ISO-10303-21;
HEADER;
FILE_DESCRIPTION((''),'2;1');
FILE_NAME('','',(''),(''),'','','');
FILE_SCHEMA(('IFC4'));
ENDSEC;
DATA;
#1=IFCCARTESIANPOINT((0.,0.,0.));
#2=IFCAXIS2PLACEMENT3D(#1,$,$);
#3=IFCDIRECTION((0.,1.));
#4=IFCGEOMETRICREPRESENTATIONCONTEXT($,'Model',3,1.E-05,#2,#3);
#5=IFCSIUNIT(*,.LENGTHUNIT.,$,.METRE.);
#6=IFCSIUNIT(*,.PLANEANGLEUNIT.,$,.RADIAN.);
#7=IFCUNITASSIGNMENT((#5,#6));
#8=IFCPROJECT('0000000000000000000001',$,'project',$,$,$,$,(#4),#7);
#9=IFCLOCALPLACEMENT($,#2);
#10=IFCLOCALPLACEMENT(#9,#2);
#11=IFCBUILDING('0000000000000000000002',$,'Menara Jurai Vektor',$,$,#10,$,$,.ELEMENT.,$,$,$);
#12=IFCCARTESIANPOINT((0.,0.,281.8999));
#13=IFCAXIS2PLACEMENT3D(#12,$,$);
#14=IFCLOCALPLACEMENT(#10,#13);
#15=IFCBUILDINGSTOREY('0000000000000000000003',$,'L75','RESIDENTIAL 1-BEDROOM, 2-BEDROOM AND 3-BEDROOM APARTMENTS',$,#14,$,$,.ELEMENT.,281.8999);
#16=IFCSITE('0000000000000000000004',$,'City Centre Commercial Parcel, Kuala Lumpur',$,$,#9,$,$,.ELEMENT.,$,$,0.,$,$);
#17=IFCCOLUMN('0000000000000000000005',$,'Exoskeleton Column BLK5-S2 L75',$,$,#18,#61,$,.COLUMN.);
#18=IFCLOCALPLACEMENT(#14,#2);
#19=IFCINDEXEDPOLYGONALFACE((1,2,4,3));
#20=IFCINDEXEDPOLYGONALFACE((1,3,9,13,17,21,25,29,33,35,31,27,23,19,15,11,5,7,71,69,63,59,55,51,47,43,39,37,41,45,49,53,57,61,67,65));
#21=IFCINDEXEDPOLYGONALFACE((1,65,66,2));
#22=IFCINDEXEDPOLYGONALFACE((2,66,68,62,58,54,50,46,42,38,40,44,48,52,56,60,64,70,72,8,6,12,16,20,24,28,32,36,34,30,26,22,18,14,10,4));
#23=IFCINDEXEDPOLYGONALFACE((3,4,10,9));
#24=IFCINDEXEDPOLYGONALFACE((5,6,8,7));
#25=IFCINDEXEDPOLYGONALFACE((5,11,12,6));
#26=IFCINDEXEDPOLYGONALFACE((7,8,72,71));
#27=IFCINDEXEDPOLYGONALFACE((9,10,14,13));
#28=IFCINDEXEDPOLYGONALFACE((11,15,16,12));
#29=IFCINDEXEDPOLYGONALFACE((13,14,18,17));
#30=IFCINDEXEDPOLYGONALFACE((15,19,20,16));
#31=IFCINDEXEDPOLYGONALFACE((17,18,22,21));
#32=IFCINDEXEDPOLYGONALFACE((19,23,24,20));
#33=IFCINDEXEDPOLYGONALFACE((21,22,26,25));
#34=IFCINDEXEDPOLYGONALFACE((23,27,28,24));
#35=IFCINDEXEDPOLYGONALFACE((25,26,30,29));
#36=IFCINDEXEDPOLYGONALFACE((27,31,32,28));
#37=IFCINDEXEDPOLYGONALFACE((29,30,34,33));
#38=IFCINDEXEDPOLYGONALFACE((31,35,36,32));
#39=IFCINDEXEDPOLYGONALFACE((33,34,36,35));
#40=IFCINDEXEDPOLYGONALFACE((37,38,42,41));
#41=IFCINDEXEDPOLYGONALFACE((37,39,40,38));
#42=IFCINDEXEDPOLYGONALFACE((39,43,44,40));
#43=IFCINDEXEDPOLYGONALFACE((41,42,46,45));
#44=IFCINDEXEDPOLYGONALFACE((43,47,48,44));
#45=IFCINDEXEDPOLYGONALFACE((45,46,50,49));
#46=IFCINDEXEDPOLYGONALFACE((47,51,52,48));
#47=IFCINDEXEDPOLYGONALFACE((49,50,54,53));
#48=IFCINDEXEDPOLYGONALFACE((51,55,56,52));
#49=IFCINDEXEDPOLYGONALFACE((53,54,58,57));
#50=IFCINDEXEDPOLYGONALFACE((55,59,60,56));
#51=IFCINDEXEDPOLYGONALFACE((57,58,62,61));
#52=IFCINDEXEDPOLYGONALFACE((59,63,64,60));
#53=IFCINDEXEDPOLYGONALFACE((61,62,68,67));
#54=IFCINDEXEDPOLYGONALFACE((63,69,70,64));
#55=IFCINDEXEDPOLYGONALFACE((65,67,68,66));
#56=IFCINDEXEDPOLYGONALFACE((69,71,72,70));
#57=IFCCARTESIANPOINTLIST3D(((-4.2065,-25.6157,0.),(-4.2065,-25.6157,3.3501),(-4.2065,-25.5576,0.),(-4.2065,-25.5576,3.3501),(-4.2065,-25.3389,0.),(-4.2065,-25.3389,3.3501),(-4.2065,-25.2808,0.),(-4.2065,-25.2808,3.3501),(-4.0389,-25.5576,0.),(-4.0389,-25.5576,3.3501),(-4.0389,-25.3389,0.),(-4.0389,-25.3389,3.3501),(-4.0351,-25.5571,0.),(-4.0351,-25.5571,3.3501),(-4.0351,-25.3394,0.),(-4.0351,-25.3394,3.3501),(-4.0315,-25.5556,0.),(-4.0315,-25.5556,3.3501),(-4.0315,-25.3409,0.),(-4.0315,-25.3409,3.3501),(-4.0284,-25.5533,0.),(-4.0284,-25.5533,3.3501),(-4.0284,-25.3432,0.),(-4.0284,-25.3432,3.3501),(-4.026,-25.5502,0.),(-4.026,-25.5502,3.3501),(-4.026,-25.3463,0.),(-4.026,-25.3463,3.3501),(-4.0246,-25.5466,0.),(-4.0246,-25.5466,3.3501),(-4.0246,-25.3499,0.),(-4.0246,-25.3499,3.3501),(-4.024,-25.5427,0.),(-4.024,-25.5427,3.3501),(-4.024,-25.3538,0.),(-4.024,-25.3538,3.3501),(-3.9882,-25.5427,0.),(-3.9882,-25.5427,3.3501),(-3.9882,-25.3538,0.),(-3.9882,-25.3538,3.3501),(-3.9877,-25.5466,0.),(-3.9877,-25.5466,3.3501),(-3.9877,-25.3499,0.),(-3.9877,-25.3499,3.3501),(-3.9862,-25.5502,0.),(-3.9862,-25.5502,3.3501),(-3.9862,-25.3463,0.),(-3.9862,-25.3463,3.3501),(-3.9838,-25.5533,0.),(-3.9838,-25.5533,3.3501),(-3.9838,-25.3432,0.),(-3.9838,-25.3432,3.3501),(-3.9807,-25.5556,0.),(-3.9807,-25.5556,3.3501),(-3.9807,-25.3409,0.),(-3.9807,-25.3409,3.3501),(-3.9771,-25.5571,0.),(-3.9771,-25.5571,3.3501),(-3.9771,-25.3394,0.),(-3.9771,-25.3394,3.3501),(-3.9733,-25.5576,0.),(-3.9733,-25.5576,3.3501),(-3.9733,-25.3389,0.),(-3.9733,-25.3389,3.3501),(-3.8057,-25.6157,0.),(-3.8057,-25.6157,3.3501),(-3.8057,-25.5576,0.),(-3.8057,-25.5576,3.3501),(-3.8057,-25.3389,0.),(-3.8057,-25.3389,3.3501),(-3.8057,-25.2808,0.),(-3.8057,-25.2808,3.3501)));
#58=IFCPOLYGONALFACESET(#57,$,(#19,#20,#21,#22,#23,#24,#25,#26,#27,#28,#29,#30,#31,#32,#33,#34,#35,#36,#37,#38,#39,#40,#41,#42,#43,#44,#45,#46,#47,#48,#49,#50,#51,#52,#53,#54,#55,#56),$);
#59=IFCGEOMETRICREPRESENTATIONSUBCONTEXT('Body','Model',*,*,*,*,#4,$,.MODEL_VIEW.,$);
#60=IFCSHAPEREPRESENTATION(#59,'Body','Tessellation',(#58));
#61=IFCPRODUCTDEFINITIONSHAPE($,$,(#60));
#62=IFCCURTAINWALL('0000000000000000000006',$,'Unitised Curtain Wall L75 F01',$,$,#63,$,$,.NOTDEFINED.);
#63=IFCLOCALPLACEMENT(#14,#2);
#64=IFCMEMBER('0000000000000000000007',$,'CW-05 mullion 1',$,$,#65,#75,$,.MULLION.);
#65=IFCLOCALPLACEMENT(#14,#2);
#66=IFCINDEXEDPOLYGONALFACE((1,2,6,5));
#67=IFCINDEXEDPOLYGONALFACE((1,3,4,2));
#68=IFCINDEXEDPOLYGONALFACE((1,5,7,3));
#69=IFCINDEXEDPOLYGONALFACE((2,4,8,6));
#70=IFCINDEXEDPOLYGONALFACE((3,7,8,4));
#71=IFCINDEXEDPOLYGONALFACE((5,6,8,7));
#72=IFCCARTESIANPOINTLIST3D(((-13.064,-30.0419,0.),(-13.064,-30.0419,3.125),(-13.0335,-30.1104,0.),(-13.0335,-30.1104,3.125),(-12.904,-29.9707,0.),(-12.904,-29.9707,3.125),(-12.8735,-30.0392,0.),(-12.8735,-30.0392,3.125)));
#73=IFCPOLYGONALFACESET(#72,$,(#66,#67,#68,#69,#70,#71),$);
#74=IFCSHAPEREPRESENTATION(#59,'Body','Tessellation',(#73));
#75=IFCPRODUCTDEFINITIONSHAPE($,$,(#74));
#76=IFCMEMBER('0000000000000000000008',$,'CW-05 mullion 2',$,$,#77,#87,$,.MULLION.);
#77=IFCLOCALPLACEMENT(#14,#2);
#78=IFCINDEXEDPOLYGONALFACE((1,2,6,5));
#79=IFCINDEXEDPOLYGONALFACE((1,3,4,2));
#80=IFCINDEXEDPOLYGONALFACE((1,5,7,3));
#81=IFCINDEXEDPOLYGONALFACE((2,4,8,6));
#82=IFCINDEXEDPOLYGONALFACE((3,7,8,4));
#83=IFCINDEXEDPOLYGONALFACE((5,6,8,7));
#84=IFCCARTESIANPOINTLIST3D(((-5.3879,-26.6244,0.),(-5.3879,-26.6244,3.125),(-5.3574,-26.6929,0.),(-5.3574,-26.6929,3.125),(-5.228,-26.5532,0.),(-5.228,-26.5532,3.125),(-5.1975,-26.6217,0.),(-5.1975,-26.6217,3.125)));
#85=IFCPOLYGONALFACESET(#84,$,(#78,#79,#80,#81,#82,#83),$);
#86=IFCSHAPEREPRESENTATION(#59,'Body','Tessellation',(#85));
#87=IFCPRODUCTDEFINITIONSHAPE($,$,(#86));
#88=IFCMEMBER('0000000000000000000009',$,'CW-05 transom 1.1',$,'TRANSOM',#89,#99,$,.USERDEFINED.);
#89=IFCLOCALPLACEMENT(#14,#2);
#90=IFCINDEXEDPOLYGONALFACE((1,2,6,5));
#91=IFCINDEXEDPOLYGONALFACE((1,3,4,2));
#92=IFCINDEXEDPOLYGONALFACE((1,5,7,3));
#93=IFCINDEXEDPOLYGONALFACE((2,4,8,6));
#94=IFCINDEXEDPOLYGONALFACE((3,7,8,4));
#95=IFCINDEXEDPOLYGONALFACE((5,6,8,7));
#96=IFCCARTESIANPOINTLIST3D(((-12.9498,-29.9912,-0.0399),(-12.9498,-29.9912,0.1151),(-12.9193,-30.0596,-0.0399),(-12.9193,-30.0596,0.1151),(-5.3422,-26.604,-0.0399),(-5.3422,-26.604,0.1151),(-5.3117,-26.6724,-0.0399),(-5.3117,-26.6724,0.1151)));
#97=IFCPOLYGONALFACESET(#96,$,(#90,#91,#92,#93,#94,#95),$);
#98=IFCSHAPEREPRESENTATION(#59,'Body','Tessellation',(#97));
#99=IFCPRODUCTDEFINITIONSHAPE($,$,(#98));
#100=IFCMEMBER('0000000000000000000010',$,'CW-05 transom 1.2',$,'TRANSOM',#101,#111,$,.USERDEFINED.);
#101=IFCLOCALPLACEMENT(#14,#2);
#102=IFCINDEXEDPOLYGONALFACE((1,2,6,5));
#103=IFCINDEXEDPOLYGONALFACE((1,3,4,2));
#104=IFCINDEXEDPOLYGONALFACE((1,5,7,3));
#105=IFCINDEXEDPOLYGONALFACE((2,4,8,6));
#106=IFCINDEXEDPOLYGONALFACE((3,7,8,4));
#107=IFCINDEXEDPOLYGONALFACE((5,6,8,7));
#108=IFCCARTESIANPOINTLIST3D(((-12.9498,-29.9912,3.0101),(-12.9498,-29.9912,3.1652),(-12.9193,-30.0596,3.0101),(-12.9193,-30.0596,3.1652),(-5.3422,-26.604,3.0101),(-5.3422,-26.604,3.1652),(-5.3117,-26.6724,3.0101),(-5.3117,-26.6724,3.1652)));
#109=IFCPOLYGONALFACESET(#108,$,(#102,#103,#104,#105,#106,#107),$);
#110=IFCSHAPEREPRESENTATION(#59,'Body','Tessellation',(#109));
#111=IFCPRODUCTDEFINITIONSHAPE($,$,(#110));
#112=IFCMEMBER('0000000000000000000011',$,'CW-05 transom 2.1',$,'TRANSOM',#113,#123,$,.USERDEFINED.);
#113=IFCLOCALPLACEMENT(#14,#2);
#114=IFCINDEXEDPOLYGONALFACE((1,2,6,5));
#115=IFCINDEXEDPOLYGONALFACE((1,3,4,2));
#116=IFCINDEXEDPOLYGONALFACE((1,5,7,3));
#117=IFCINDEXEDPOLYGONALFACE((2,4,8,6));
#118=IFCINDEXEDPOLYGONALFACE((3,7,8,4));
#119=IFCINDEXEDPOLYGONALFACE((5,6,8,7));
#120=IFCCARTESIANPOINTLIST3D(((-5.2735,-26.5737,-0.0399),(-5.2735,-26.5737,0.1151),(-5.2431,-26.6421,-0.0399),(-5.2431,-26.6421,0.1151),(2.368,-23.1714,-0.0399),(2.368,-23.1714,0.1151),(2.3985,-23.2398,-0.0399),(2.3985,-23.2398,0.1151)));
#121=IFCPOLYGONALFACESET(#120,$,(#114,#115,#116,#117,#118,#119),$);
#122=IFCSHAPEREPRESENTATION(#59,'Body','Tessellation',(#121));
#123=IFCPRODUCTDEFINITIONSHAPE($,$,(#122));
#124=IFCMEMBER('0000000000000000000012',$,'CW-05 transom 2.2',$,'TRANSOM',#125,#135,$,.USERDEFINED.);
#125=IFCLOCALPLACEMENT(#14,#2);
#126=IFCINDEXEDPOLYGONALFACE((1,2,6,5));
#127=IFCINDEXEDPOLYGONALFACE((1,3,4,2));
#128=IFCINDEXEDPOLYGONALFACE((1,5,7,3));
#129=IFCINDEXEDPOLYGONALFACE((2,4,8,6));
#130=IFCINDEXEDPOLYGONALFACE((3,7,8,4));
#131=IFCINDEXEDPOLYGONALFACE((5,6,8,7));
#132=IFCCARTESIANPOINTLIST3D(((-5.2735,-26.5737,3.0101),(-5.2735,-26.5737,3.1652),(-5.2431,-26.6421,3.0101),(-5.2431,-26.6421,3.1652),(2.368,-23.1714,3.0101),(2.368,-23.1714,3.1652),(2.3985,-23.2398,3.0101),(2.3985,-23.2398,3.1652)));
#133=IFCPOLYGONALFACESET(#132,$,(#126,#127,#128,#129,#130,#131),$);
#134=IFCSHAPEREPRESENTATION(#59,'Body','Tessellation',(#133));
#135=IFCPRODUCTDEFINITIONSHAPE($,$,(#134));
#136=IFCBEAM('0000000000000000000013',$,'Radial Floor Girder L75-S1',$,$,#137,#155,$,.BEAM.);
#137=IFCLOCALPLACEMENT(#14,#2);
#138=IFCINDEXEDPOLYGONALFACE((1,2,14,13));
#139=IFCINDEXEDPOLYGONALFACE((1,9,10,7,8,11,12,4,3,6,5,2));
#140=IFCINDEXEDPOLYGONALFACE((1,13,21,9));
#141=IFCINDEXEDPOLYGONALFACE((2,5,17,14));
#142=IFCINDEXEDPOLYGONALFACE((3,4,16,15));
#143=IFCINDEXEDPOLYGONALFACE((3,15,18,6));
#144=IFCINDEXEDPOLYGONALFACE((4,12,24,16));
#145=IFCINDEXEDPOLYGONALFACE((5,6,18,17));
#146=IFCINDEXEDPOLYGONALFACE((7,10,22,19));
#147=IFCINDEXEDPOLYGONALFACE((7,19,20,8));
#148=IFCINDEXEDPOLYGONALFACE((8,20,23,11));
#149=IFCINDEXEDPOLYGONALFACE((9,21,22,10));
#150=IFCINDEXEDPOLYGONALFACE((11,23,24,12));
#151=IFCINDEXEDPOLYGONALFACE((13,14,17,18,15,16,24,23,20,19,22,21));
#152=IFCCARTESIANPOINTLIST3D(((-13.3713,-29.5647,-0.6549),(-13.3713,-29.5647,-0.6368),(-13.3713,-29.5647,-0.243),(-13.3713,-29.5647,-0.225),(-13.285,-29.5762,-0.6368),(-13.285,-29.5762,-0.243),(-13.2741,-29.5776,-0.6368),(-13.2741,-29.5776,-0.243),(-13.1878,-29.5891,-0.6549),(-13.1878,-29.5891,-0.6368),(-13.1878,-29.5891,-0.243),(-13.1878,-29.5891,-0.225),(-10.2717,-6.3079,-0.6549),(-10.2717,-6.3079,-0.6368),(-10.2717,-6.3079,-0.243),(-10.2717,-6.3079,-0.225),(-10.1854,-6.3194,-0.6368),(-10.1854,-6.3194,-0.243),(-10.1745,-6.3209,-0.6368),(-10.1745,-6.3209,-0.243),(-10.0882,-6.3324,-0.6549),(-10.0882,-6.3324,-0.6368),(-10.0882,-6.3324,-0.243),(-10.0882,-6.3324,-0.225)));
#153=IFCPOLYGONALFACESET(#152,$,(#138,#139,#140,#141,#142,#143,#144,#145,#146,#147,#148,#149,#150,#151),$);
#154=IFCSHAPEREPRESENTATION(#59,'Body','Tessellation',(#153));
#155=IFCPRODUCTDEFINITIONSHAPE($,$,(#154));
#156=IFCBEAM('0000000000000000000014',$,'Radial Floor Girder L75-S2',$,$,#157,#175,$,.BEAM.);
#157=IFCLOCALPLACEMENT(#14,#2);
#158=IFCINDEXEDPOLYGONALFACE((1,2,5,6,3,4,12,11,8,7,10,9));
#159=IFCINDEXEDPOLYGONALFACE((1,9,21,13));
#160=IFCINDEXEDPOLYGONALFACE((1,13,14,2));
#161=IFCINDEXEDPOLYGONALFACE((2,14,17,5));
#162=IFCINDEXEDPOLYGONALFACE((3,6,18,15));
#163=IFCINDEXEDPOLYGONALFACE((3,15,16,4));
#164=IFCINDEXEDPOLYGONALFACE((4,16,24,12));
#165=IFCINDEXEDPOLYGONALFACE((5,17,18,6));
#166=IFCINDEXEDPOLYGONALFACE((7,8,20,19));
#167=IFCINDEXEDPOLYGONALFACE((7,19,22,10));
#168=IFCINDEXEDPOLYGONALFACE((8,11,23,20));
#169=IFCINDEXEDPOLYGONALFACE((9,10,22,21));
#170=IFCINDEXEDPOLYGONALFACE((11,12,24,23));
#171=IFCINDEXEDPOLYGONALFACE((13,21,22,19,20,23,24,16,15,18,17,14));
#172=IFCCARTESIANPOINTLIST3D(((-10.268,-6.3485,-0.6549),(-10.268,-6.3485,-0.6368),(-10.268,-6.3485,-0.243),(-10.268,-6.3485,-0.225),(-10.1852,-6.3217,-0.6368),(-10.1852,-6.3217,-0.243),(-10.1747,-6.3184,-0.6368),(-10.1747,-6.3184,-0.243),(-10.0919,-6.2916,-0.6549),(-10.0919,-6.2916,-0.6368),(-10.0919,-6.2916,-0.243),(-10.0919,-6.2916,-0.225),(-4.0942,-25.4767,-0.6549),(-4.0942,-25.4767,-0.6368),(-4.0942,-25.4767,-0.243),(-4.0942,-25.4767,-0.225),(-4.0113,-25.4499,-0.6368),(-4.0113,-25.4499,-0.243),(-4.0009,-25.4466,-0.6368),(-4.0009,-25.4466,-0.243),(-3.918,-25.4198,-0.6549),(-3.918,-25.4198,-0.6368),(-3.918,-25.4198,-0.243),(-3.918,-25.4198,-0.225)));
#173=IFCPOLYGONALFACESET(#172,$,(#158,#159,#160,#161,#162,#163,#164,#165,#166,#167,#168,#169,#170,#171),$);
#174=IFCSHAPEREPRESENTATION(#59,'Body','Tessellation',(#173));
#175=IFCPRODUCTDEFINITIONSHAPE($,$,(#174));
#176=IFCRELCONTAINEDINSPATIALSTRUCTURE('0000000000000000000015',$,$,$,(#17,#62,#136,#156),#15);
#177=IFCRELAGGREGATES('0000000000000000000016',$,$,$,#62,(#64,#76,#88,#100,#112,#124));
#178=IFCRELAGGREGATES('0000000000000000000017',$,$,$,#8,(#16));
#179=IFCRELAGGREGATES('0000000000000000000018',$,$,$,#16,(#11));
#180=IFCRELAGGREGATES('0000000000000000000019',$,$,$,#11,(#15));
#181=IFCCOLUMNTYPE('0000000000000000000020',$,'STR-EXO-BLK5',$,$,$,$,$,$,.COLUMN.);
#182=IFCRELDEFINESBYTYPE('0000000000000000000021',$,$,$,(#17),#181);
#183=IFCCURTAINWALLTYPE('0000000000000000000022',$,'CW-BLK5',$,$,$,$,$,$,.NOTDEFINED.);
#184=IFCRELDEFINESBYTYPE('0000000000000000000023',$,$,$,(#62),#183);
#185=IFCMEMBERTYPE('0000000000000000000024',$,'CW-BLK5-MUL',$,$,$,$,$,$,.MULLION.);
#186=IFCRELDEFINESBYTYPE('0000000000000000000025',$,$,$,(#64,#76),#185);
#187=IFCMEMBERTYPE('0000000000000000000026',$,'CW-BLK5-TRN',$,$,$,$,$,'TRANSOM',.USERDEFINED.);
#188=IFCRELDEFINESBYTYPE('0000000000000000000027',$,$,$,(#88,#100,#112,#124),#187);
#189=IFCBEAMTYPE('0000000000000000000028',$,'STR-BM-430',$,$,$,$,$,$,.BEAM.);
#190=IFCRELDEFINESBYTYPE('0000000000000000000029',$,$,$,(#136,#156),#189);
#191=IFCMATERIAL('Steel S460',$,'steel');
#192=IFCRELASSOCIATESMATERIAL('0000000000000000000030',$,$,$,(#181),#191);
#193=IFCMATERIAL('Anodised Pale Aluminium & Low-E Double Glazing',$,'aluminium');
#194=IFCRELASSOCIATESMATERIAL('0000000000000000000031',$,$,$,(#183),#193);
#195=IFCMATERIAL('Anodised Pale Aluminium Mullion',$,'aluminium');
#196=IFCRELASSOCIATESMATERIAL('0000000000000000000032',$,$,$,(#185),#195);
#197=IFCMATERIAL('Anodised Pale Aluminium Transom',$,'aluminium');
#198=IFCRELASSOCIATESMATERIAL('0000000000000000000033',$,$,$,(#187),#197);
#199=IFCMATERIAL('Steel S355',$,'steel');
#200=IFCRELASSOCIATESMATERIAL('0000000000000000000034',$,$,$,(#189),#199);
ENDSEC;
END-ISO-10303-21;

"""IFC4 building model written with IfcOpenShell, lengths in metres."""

from ifc_helpers import new_model, si_unit, direction, frame, origin, origin_2d, place, context, subcontext, project, spatial, rectangle, i_section, extrude, material, material_profile, profile_set, type_object, element, aggregate, save


model = new_model("IFC4")

# Units and contexts
model_context = context("Model", 3, precision=1e-05, world=origin(), true_north=direction((0.0, 1.0)))
body_context = subcontext(model_context, "Body", "Model", "MODEL_VIEW")
ifc_project = project(units=[si_unit("LENGTHUNIT", "METRE"), si_unit("PLANEANGLEUNIT", "RADIAN")], contexts=[model_context])

# Site, building, storey
site_placement = place(None, origin())
site = spatial("IfcSite", under=ifc_project, at=site_placement, Name="City Centre Commercial Parcel, Kuala Lumpur", CompositionType="ELEMENT", RefElevation=0.0)
building_placement = place(site_placement, origin())
building = spatial("IfcBuilding", under=site, at=building_placement, Name="Menara Jurai Vektor", CompositionType="ELEMENT")
storey_placement = place(building_placement, frame((0.0, 0.0, 281.8999)))
storey = spatial("IfcBuildingStorey", under=building, at=storey_placement, Name="L75", Description="RESIDENTIAL 1-BEDROOM, 2-BEDROOM AND 3-BEDROOM APARTMENTS", CompositionType="ELEMENT", Elevation=281.8999)

# Column
ifc_material_1 = material(Name="Steel S460", Category="steel")
ifc_material_profile_1 = material_profile(ifc_material_1, i_section(OverallWidth=0.4009, OverallDepth=0.335, WebThickness=0.0359, FlangeThickness=0.0581, FilletRadius=0.0149, at=origin_2d()), Name="HD 400x463")
ifc_profile_set_1 = profile_set([ifc_material_profile_1], Name="Steel S460")
column_type = type_object("IfcColumnType", Name="STR-EXO-BLK5", PredefinedType="COLUMN", material=ifc_profile_set_1)
column_placement = place(storey_placement, frame((-4.0061, -25.4482, 0.0), z_axis=(0.0, 0.0, 1.0), x_axis=(1.0, 0.0, 0.0)))
element("IfcColumn", 1, at=column_placement, inside=storey, type_object=column_type, Name="Exoskeleton Column BLK5-S2 L75", PredefinedType="COLUMN", context=body_context, shape_type="SweptSolid", body=[
    extrude(i_section(OverallWidth=0.4009, OverallDepth=0.335, WebThickness=0.0359, FlangeThickness=0.0581, FilletRadius=0.0149, at=origin_2d()), origin(), (0.0, 0.0, 1.0), 3.3501),
])

# Curtain wall, members
ifc_material_2 = material(Name="Anodised Pale Aluminium & Low-E Double Glazing", Category="aluminium")
curtain_wall_type = type_object("IfcCurtainWallType", Name="CW-BLK5", PredefinedType="NOTDEFINED", material=ifc_material_2)
curtain_wall_placement = place(storey_placement, origin())
curtain_wall = element("IfcCurtainWall", 2, at=curtain_wall_placement, inside=storey, type_object=curtain_wall_type, Name="Unitised Curtain Wall L75 F01", PredefinedType="NOTDEFINED")
ifc_material_3 = material(Name="Anodised Pale Aluminium Mullion", Category="aluminium")
ifc_material_profile_2 = material_profile(ifc_material_3, rectangle(XDim=0.075, YDim=0.175, at=origin_2d()), Name="ALU MUL 75x175")
ifc_profile_set_2 = profile_set([ifc_material_profile_2], Name="Anodised Pale Aluminium Mullion")
member_type_1 = type_object("IfcMemberType", Name="CW-BLK5-MUL", PredefinedType="MULLION", material=ifc_profile_set_2)
member_1_placement = place(storey_placement, frame((-12.9688, -30.0405, 0.0), z_axis=(0.0, 0.0, 1.0), x_axis=(-0.406735, 0.913546, 0.0)))
member_1 = element("IfcMember", 3, at=member_1_placement, type_object=member_type_1, Name="CW-05 mullion 1", PredefinedType="MULLION", context=body_context, shape_type="SweptSolid", body=[
    extrude(rectangle(XDim=0.075, YDim=0.175, at=origin_2d()), origin(), (0.0, 0.0, 1.0), 3.125),
])
member_2_placement = place(storey_placement, frame((-5.2927, -26.623, 0.0), z_axis=(0.0, 0.0, 1.0), x_axis=(-0.406735, 0.913546, 0.0)))
member_2 = element("IfcMember", 4, at=member_2_placement, type_object=member_type_1, Name="CW-05 mullion 2", PredefinedType="MULLION", context=body_context, shape_type="SweptSolid", body=[
    extrude(rectangle(XDim=0.075, YDim=0.175, at=origin_2d()), origin(), (0.0, 0.0, 1.0), 3.125),
])
ifc_material_4 = material(Name="Anodised Pale Aluminium Transom", Category="aluminium")
ifc_material_profile_3 = material_profile(ifc_material_4, rectangle(XDim=0.075, YDim=0.155, at=origin_2d()), Name="ALU TRN 75x155")
ifc_profile_set_3 = profile_set([ifc_material_profile_3], Name="Anodised Pale Aluminium Transom")
member_type_2 = type_object("IfcMemberType", Name="CW-BLK5-TRN", ElementType="TRANSOM", PredefinedType="USERDEFINED", material=ifc_profile_set_3)
member_3_placement = place(storey_placement, frame((-12.9346, -30.0254, 0.0376), z_axis=(0.913543, 0.406742, 0.0), x_axis=(-0.406742, 0.913543, 0.0)))
member_3 = element("IfcMember", 5, at=member_3_placement, type_object=member_type_2, Name="CW-05 transom 1.1", ObjectType="TRANSOM", PredefinedType="USERDEFINED", context=body_context, shape_type="SweptSolid", body=[
    extrude(rectangle(XDim=0.075, YDim=0.155, at=origin_2d()), origin(), (0.0, 0.0, 1.0), 8.3276),
])
member_4_placement = place(storey_placement, frame((-12.9346, -30.0254, 3.0876), z_axis=(0.913543, 0.406742, 0.0), x_axis=(-0.406742, 0.913543, 0.0)))
member_4 = element("IfcMember", 6, at=member_4_placement, type_object=member_type_2, Name="CW-05 transom 1.2", ObjectType="TRANSOM", PredefinedType="USERDEFINED", context=body_context, shape_type="SweptSolid", body=[
    extrude(rectangle(XDim=0.075, YDim=0.155, at=origin_2d()), origin(), (0.0, 0.0, 1.0), 8.3276),
])
member_5_placement = place(storey_placement, frame((-5.2583, -26.6079, 0.0376), z_axis=(0.913542, 0.406745, 0.0), x_axis=(-0.406745, 0.913542, 0.0)))
member_5 = element("IfcMember", 7, at=member_5_placement, type_object=member_type_2, Name="CW-05 transom 2.1", ObjectType="TRANSOM", PredefinedType="USERDEFINED", context=body_context, shape_type="SweptSolid", body=[
    extrude(rectangle(XDim=0.075, YDim=0.155, at=origin_2d()), origin(), (0.0, 0.0, 1.0), 8.3647),
])
member_6_placement = place(storey_placement, frame((-5.2583, -26.6079, 3.0876), z_axis=(0.913542, 0.406745, 0.0), x_axis=(-0.406745, 0.913542, 0.0)))
member_6 = element("IfcMember", 8, at=member_6_placement, type_object=member_type_2, Name="CW-05 transom 2.2", ObjectType="TRANSOM", PredefinedType="USERDEFINED", context=body_context, shape_type="SweptSolid", body=[
    extrude(rectangle(XDim=0.075, YDim=0.155, at=origin_2d()), origin(), (0.0, 0.0, 1.0), 8.3647),
])

# Beams
ifc_material_5 = material(Name="Steel S355", Category="steel")
ifc_material_profile_4 = material_profile(ifc_material_5, i_section(OverallWidth=0.1851, OverallDepth=0.4299, WebThickness=0.011, FlangeThickness=0.0181, at=origin_2d()), Name="PG 430x185x76")
ifc_profile_set_4 = profile_set([ifc_material_profile_4], Name="Steel S355")
beam_type_1 = type_object("IfcBeamType", Name="STR-BM-430", PredefinedType="BEAM", material=ifc_profile_set_4)
beam_1_placement = place(storey_placement, frame((-13.2795, -29.5769, -0.4399), z_axis=(0.132109, 0.991235, 0.0), x_axis=(-0.991235, 0.132109, 0.0)))
element("IfcBeam", 9, at=beam_1_placement, inside=storey, type_object=beam_type_1, Name="Radial Floor Girder L75-S1", PredefinedType="BEAM", context=body_context, shape_type="SweptSolid", body=[
    extrude(i_section(OverallWidth=0.1851, OverallDepth=0.4299, WebThickness=0.011, FlangeThickness=0.0181, at=origin_2d()), origin(), (0.0, 0.0, 1.0), 23.4624),
])
beam_2_placement = place(storey_placement, frame((-4.0061, -25.4482, -0.4399), z_axis=(-0.307158, 0.951658, 0.0), x_axis=(-0.951658, -0.307158, 0.0)))
element("IfcBeam", 10, at=beam_2_placement, inside=storey, type_object=beam_type_1, Name="Radial Floor Girder L75-S2", PredefinedType="BEAM", context=body_context, shape_type="SweptSolid", body=[
    extrude(i_section(OverallWidth=0.1851, OverallDepth=0.4299, WebThickness=0.011, FlangeThickness=0.0181, at=origin_2d()), origin(), (0.0, 0.0, 1.0), 20.0999),
])

aggregate(curtain_wall, [member_1, member_2, member_3, member_4, member_5, member_6])

save(model, "model.ifc")
